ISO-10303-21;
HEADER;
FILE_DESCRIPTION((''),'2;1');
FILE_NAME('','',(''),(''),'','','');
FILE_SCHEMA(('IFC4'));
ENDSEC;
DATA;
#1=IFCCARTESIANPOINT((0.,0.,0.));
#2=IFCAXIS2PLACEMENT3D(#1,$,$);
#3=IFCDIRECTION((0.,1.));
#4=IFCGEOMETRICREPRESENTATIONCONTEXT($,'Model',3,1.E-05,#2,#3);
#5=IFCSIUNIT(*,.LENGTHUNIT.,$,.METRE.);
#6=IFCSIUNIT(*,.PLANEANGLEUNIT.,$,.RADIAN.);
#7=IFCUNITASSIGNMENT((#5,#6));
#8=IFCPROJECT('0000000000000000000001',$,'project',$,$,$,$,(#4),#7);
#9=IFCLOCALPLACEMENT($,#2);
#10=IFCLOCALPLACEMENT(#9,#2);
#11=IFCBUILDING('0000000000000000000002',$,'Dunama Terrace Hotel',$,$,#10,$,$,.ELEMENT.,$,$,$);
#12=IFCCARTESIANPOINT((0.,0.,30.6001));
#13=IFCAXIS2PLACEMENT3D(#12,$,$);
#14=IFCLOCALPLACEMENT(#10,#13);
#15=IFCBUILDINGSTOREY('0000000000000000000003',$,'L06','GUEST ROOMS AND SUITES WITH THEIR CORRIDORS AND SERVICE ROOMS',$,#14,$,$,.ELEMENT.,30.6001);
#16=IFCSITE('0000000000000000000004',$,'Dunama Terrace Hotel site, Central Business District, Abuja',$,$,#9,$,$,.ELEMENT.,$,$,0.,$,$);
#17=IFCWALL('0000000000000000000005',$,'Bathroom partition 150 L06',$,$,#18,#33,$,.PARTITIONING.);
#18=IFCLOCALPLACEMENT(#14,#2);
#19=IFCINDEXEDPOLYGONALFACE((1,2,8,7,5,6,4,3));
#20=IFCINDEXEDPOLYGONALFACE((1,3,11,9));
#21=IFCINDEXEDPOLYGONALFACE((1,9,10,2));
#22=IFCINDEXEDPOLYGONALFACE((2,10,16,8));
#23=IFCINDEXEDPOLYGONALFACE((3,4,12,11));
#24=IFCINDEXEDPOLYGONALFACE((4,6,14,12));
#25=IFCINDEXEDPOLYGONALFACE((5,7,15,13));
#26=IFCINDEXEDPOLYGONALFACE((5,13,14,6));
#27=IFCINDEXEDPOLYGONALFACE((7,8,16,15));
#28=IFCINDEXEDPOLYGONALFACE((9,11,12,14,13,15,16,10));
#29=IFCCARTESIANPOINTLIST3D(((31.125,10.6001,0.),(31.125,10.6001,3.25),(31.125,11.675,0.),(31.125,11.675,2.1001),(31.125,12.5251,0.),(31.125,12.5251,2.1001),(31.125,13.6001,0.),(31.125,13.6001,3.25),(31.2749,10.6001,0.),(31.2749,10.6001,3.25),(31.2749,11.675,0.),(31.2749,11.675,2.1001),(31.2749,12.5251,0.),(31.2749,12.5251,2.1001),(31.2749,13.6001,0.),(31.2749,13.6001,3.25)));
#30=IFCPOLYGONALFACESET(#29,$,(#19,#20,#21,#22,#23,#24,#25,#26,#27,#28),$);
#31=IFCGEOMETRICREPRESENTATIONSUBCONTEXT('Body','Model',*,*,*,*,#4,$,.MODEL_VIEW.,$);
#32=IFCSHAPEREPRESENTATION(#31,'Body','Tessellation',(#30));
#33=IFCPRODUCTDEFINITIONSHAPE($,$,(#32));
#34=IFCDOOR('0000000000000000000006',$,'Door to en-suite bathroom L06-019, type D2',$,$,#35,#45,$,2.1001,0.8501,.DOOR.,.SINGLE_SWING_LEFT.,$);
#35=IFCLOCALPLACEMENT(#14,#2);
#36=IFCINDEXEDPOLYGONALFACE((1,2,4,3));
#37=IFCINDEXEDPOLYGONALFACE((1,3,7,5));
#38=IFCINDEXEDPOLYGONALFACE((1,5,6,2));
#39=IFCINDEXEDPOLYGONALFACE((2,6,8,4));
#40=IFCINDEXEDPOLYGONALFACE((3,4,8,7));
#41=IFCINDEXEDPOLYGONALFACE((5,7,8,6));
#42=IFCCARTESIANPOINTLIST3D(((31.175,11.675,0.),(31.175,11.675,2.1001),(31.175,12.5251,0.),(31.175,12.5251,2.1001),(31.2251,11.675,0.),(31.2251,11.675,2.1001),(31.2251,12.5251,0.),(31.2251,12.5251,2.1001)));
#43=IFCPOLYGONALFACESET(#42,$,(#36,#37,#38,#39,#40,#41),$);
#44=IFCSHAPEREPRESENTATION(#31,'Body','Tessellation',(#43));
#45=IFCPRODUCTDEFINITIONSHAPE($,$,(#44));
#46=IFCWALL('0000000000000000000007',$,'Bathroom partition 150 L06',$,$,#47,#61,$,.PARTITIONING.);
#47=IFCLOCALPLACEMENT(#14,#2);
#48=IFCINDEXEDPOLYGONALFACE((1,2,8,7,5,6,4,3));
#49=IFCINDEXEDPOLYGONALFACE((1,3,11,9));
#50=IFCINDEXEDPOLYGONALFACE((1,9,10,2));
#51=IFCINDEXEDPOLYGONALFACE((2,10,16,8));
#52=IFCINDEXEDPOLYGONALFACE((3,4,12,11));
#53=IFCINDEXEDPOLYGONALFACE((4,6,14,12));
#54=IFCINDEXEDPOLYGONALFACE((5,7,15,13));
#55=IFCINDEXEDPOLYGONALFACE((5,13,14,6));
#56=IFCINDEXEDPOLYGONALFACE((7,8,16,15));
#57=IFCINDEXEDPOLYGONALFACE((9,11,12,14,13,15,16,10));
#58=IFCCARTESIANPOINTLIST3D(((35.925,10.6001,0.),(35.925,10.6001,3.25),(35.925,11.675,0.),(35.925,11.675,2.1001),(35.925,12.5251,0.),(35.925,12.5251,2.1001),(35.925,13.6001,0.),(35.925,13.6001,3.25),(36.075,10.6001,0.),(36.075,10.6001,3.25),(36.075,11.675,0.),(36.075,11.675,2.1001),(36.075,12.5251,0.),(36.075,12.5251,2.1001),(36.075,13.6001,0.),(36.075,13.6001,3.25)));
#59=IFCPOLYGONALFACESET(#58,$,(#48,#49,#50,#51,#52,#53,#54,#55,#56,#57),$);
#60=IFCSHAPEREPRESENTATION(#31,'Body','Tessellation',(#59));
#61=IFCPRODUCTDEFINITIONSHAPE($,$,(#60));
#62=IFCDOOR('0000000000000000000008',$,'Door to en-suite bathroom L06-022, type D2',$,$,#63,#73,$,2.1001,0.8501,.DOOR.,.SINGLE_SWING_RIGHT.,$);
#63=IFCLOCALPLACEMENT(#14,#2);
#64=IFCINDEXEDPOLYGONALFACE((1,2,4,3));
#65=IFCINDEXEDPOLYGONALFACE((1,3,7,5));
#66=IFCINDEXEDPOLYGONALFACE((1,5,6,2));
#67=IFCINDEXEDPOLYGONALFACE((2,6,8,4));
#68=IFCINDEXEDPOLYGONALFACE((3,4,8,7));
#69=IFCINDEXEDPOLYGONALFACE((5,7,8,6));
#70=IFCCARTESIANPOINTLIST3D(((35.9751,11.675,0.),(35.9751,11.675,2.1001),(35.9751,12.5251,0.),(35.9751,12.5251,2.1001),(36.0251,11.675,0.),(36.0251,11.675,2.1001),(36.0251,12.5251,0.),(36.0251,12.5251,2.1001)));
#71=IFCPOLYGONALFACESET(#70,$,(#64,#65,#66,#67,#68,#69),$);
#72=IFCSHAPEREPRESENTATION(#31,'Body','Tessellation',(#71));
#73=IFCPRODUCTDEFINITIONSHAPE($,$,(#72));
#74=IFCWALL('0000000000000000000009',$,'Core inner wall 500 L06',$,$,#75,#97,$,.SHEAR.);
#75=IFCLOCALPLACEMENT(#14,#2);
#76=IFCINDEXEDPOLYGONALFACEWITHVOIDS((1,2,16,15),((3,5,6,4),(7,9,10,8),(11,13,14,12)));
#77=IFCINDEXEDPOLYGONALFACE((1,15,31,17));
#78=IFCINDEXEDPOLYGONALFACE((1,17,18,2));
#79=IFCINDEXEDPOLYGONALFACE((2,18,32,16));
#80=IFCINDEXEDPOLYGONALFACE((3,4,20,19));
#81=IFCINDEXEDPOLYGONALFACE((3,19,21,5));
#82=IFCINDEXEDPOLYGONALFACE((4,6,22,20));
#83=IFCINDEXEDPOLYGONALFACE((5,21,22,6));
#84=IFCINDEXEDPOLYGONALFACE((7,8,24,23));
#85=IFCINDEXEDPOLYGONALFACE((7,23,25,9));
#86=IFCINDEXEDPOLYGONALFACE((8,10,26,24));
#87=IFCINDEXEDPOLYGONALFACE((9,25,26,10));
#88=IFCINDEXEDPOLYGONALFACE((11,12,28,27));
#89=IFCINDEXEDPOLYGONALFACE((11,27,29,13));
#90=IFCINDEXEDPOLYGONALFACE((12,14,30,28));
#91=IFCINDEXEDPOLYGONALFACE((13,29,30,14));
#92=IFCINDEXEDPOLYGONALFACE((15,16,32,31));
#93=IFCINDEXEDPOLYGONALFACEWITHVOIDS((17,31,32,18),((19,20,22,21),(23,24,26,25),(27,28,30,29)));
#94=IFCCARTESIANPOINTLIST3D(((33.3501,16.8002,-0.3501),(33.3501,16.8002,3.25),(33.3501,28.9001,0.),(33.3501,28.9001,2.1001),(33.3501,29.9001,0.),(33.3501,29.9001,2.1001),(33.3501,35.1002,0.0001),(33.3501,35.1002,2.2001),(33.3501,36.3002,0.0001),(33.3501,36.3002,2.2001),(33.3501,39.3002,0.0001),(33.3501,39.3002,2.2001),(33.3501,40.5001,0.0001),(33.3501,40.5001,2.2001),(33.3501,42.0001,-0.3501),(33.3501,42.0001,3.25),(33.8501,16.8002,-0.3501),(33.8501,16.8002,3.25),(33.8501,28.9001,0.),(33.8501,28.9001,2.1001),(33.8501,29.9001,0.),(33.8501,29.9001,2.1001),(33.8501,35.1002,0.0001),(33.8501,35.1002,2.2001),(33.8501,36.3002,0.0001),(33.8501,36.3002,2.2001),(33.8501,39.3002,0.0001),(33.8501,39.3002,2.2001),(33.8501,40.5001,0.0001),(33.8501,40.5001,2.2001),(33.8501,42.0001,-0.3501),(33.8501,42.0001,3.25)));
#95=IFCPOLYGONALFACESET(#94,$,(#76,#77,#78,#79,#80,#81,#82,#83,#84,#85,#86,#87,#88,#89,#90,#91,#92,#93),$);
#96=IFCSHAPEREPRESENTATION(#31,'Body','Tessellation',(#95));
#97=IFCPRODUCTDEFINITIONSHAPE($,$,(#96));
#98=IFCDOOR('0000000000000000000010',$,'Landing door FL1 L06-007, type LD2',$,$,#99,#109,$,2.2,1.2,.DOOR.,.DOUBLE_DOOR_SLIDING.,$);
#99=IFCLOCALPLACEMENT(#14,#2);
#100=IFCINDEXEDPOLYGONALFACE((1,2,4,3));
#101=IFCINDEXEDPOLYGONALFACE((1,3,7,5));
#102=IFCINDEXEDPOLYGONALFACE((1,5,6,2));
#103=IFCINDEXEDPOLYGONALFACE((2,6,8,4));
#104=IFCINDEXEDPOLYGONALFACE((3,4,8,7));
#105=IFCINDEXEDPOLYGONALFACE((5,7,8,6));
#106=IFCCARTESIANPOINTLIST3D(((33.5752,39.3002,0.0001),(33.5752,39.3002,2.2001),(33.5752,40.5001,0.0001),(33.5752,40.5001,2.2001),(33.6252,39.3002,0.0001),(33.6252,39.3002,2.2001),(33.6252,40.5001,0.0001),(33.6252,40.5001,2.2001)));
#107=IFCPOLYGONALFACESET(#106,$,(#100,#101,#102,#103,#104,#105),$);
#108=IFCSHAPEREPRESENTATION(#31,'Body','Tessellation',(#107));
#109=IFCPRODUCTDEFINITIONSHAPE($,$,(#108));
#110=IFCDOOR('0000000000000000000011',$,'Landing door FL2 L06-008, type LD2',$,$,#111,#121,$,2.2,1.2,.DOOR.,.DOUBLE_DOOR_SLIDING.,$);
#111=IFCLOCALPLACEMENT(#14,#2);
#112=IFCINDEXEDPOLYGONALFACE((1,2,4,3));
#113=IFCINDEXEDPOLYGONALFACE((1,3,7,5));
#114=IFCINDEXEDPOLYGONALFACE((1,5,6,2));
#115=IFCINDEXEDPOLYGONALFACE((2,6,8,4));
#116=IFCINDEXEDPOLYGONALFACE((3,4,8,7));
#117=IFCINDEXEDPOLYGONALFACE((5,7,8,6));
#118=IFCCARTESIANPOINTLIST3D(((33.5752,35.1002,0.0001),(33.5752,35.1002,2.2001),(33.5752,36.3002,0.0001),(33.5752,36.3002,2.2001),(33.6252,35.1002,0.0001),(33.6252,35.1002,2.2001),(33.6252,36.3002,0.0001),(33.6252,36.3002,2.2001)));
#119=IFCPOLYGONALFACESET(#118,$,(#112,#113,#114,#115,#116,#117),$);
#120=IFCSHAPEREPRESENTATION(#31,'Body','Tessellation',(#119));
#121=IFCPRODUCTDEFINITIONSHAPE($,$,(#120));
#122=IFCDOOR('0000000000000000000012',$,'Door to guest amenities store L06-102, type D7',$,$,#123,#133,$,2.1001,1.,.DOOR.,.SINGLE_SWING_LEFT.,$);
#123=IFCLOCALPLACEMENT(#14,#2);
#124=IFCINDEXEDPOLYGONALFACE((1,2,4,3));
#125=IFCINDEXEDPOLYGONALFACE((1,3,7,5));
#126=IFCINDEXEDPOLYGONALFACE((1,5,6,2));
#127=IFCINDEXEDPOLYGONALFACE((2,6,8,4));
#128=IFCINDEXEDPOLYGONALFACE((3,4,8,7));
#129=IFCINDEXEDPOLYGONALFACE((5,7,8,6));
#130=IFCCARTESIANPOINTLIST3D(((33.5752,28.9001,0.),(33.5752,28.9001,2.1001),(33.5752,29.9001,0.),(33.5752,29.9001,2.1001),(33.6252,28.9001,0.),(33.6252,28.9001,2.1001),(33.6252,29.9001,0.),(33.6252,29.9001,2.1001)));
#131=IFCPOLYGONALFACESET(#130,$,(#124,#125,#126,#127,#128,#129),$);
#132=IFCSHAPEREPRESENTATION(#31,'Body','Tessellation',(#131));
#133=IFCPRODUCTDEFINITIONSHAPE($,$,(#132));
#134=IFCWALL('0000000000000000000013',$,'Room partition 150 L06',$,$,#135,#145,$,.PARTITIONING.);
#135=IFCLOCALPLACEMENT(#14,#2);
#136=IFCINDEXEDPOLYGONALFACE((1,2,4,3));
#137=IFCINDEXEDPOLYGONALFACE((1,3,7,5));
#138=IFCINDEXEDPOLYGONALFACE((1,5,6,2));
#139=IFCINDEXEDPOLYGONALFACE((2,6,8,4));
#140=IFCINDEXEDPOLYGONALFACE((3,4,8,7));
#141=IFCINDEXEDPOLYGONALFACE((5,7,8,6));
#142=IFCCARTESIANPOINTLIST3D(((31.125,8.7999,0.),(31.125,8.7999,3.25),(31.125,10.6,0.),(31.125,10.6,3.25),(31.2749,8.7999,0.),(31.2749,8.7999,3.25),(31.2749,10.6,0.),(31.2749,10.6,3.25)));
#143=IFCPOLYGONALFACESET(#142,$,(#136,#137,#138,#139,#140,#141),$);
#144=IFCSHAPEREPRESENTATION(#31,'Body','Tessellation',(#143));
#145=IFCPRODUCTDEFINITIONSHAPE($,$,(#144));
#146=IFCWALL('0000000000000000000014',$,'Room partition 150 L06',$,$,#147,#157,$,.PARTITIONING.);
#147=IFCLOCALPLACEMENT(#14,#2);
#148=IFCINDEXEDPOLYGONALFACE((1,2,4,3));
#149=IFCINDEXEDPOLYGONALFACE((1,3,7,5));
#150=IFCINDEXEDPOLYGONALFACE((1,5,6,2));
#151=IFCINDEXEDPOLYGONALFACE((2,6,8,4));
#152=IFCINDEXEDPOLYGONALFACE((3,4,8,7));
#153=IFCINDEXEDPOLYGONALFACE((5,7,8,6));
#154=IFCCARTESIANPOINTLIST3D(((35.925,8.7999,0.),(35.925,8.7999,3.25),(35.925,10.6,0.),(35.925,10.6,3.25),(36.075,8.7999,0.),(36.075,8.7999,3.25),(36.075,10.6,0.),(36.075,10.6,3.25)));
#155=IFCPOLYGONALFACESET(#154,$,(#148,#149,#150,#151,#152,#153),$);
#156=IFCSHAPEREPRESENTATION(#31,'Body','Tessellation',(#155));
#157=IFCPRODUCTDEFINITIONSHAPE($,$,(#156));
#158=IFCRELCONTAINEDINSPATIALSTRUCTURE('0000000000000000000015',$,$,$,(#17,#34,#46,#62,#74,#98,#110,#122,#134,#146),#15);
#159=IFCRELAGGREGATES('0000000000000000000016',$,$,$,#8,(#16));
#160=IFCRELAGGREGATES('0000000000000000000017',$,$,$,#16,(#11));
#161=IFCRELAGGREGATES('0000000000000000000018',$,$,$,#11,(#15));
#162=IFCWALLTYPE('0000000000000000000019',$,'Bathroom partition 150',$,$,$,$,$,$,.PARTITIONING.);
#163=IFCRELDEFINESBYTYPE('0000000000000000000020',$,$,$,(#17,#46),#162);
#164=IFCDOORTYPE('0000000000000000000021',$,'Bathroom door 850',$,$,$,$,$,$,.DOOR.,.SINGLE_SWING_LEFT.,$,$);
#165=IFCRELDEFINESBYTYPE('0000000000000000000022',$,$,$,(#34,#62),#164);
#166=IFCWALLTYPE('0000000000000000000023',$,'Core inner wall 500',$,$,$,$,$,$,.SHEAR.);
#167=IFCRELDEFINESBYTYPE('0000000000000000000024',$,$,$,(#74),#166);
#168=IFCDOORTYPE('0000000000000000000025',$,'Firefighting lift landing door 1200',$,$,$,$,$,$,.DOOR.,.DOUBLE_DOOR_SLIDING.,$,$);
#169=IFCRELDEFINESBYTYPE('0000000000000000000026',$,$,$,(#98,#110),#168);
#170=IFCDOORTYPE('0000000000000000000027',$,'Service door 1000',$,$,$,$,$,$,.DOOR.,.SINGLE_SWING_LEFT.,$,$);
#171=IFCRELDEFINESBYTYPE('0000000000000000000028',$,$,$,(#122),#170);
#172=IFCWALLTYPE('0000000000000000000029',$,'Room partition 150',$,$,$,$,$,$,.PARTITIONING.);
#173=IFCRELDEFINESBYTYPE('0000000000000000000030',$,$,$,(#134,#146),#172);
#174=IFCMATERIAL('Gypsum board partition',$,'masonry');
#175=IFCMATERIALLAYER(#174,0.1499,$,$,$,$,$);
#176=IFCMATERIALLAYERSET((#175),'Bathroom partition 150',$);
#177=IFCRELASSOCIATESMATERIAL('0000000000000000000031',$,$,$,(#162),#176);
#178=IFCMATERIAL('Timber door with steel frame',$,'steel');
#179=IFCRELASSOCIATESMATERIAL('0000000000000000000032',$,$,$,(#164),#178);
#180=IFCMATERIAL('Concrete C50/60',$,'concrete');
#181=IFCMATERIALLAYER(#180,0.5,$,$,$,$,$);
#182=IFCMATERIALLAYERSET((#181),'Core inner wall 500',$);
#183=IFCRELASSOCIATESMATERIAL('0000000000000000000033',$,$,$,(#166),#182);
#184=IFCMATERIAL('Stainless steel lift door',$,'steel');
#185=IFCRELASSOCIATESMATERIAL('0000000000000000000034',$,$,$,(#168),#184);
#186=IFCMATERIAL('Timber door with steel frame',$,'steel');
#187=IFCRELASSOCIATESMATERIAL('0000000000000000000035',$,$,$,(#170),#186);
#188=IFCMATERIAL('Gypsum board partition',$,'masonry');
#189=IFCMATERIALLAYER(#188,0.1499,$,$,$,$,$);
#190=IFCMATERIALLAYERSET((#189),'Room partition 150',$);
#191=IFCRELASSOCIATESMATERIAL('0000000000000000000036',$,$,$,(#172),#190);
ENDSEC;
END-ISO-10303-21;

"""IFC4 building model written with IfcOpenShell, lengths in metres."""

from ifc_helpers import new_model, si_unit, direction, frame, frame_2d, origin, place, context, subcontext, project, spatial, rectangle, extrude, material, layer, layer_set, type_object, element, fill, save


model = new_model("IFC4")

# Units and contexts
model_context = context("Model", 3, precision=1e-05, world=origin(), true_north=direction((0.0, 1.0)))
body_context = subcontext(model_context, "Body", "Model", "MODEL_VIEW")
ifc_project = project(units=[si_unit("LENGTHUNIT", "METRE"), si_unit("PLANEANGLEUNIT", "RADIAN")], contexts=[model_context])

# Site, building, storey
site_placement = place(None, origin())
site = spatial("IfcSite", under=ifc_project, at=site_placement, Name="Dunama Terrace Hotel site, Central Business District, Abuja", CompositionType="ELEMENT", RefElevation=0.0)
building_placement = place(site_placement, origin())
building = spatial("IfcBuilding", under=site, at=building_placement, Name="Dunama Terrace Hotel", CompositionType="ELEMENT")
storey_placement = place(building_placement, frame((0.0, 0.0, 30.6001)))
storey = spatial("IfcBuildingStorey", under=building, at=storey_placement, Name="L06", Description="GUEST ROOMS AND SUITES WITH THEIR CORRIDORS AND SERVICE ROOMS", CompositionType="ELEMENT", Elevation=30.6001)

# Walls, openings, doors
ifc_material_1 = material(Name="Gypsum board partition", Category="masonry")
ifc_layer_1 = layer(ifc_material_1, 0.1499)
ifc_layer_set_1 = layer_set([ifc_layer_1], Name="Bathroom partition 150")
wall_type_1 = type_object("IfcWallType", Name="Bathroom partition 150", PredefinedType="PARTITIONING", material=ifc_layer_set_1)
wall_1_placement = place(storey_placement, frame((31.2, 10.6001, 0.0), z_axis=(0.0, 0.0, 1.0), x_axis=(0.0, 1.0, 0.0)))
wall_1 = element("IfcWall", 1, at=wall_1_placement, inside=storey, type_object=wall_type_1, Name="Bathroom partition 150 L06", PredefinedType="PARTITIONING", context=body_context, shape_type="SweptSolid", body=[
    extrude(rectangle(XDim=3.0, YDim=0.1499, at=frame_2d((1.5, 0.0))), origin(), (0.0, 0.0, 1.0), 3.25),
])
opening_1_placement = place(wall_1_placement, frame((1.075, 0.0, 0.0)))
opening_1 = element("IfcOpeningElement", 2, at=opening_1_placement, cuts=wall_1, PredefinedType="OPENING", context=body_context, shape_type="SweptSolid", body=[
    extrude(rectangle(XDim=0.8501, YDim=2.1001, at=frame_2d((0.425, 1.05))), frame((0.0, 0.085, 0.0), z_axis=(0.0, -1.0, 0.0), x_axis=(1.0, 0.0, 0.0)), (0.0, 0.0, 1.0), 0.1699),
])
ifc_material_2 = material(Name="Timber door with steel frame", Category="steel")
door_type_1 = type_object("IfcDoorType", Name="Bathroom door 850", OperationType="SINGLE_SWING_LEFT", PredefinedType="DOOR", material=ifc_material_2)
door_1_placement = place(opening_1_placement, frame((0.8501, 0.0, 0.0), z_axis=(0.0, 0.0, 1.0), x_axis=(-1.0, 0.0, 0.0)))
door_1 = element("IfcDoor", 3, at=door_1_placement, inside=storey, type_object=door_type_1, Name="Door to en-suite bathroom L06-019, type D2", OperationType="SINGLE_SWING_LEFT", OverallHeight=2.1001, OverallWidth=0.8501, PredefinedType="DOOR", context=body_context, shape_type="SweptSolid", body=[
    extrude(rectangle(XDim=0.8501, YDim=2.1001, at=frame_2d((0.425, 1.05))), frame((0.0, 0.0251, 0.0), z_axis=(0.0, -1.0, 0.0), x_axis=(1.0, 0.0, 0.0)), (0.0, 0.0, 1.0), 0.05),
])
fill(opening_1, door_1)
wall_2_placement = place(storey_placement, frame((36.0, 10.6001, 0.0), z_axis=(0.0, 0.0, 1.0), x_axis=(0.0, 1.0, 0.0)))
wall_2 = element("IfcWall", 4, at=wall_2_placement, inside=storey, type_object=wall_type_1, Name="Bathroom partition 150 L06", PredefinedType="PARTITIONING", context=body_context, shape_type="SweptSolid", body=[
    extrude(rectangle(XDim=3.0, YDim=0.1499, at=frame_2d((1.5, 0.0))), origin(), (0.0, 0.0, 1.0), 3.25),
])
opening_2_placement = place(wall_2_placement, frame((1.075, 0.0, 0.0)))
opening_2 = element("IfcOpeningElement", 5, at=opening_2_placement, cuts=wall_2, PredefinedType="OPENING", context=body_context, shape_type="SweptSolid", body=[
    extrude(rectangle(XDim=0.8501, YDim=2.1001, at=frame_2d((0.425, 1.05))), frame((0.0, 0.085, 0.0), z_axis=(0.0, -1.0, 0.0), x_axis=(1.0, 0.0, 0.0)), (0.0, 0.0, 1.0), 0.1699),
])
door_2_placement = place(opening_2_placement, origin())
door_2 = element("IfcDoor", 6, at=door_2_placement, inside=storey, type_object=door_type_1, Name="Door to en-suite bathroom L06-022, type D2", OperationType="SINGLE_SWING_RIGHT", OverallHeight=2.1001, OverallWidth=0.8501, PredefinedType="DOOR", context=body_context, shape_type="SweptSolid", body=[
    extrude(rectangle(XDim=0.8501, YDim=2.1001, at=frame_2d((0.425, 1.05))), frame((0.0, 0.0249, 0.0), z_axis=(0.0, -1.0, 0.0), x_axis=(1.0, 0.0, 0.0)), (0.0, 0.0, 1.0), 0.05),
])
fill(opening_2, door_2)

# Wall, openings, doors
ifc_material_3 = material(Name="Concrete C50/60", Category="concrete")
ifc_layer_2 = layer(ifc_material_3, 0.5)
ifc_layer_set_2 = layer_set([ifc_layer_2], Name="Core inner wall 500")
wall_type_2 = type_object("IfcWallType", Name="Core inner wall 500", PredefinedType="SHEAR", material=ifc_layer_set_2)
wall_3_placement = place(storey_placement, frame((33.6001, 16.8, -0.3501), z_axis=(0.0, 0.0, 1.0), x_axis=(0.0, 1.0, 0.0)))
wall_3 = element("IfcWall", 7, at=wall_3_placement, inside=storey, type_object=wall_type_2, Name="Core inner wall 500 L06", PredefinedType="SHEAR", context=body_context, shape_type="SweptSolid", body=[
    extrude(rectangle(XDim=25.2, YDim=0.5, at=frame_2d((12.6001, 0.0))), origin(), (0.0, 0.0, 1.0), 3.6001),
])
opening_3_placement = place(wall_3_placement, frame((22.5, 0.0, 0.3501)))
opening_3 = element("IfcOpeningElement", 8, at=opening_3_placement, cuts=wall_3, PredefinedType="OPENING", context=body_context, shape_type="SweptSolid", body=[
    extrude(rectangle(XDim=1.2, YDim=2.2, at=frame_2d((0.6001, 1.1001))), frame((0.0, 0.26, 0.0), z_axis=(0.0, -1.0, 0.0), x_axis=(1.0, 0.0, 0.0)), (0.0, 0.0, 1.0), 0.52),
])
opening_4_placement = place(wall_3_placement, frame((18.3, 0.0, 0.3501)))
opening_4 = element("IfcOpeningElement", 9, at=opening_4_placement, cuts=wall_3, PredefinedType="OPENING", context=body_context, shape_type="SweptSolid", body=[
    extrude(rectangle(XDim=1.2, YDim=2.2, at=frame_2d((0.6001, 1.1001))), frame((0.0, 0.26, 0.0), z_axis=(0.0, -1.0, 0.0), x_axis=(1.0, 0.0, 0.0)), (0.0, 0.0, 1.0), 0.52),
])
opening_5_placement = place(wall_3_placement, frame((12.1001, 0.0, 0.3501)))
opening_5 = element("IfcOpeningElement", 10, at=opening_5_placement, cuts=wall_3, PredefinedType="OPENING", context=body_context, shape_type="SweptSolid", body=[
    extrude(rectangle(XDim=1.0, YDim=2.1001, at=frame_2d((0.5, 1.05))), frame((0.0, 0.26, 0.0), z_axis=(0.0, -1.0, 0.0), x_axis=(1.0, 0.0, 0.0)), (0.0, 0.0, 1.0), 0.52),
])
ifc_material_4 = material(Name="Stainless steel lift door", Category="steel")
door_type_2 = type_object("IfcDoorType", Name="Firefighting lift landing door 1200", OperationType="DOUBLE_DOOR_SLIDING", PredefinedType="DOOR", material=ifc_material_4)
door_3_placement = place(opening_3_placement, origin())
door_3 = element("IfcDoor", 11, at=door_3_placement, inside=storey, type_object=door_type_2, Name="Landing door FL1 L06-007, type LD2", OperationType="DOUBLE_DOOR_SLIDING", OverallHeight=2.2, OverallWidth=1.2, PredefinedType="DOOR", context=body_context, shape_type="SweptSolid", body=[
    extrude(rectangle(XDim=1.2, YDim=2.2, at=frame_2d((0.6001, 1.1001))), frame((0.0, 0.0249, 0.0), z_axis=(0.0, -1.0, 0.0), x_axis=(1.0, 0.0, 0.0)), (0.0, 0.0, 1.0), 0.05),
])
fill(opening_3, door_3)
door_4_placement = place(opening_4_placement, origin())
door_4 = element("IfcDoor", 12, at=door_4_placement, inside=storey, type_object=door_type_2, Name="Landing door FL2 L06-008, type LD2", OperationType="DOUBLE_DOOR_SLIDING", OverallHeight=2.2, OverallWidth=1.2, PredefinedType="DOOR", context=body_context, shape_type="SweptSolid", body=[
    extrude(rectangle(XDim=1.2, YDim=2.2, at=frame_2d((0.6001, 1.1001))), frame((0.0, 0.0249, 0.0), z_axis=(0.0, -1.0, 0.0), x_axis=(1.0, 0.0, 0.0)), (0.0, 0.0, 1.0), 0.05),
])
fill(opening_4, door_4)
ifc_material_5 = material(Name="Timber door with steel frame", Category="steel")
door_type_3 = type_object("IfcDoorType", Name="Service door 1000", OperationType="SINGLE_SWING_LEFT", PredefinedType="DOOR", material=ifc_material_5)
door_5_placement = place(opening_5_placement, origin())
door_5 = element("IfcDoor", 13, at=door_5_placement, inside=storey, type_object=door_type_3, Name="Door to guest amenities store L06-102, type D7", OperationType="SINGLE_SWING_LEFT", OverallHeight=2.1001, OverallWidth=1.0, PredefinedType="DOOR", context=body_context, shape_type="SweptSolid", body=[
    extrude(rectangle(XDim=1.0, YDim=2.1001, at=frame_2d((0.5, 1.05))), frame((0.0, 0.0249, 0.0), z_axis=(0.0, -1.0, 0.0), x_axis=(1.0, 0.0, 0.0)), (0.0, 0.0, 1.0), 0.05),
])
fill(opening_5, door_5)

# Walls
ifc_material_6 = material(Name="Gypsum board partition", Category="masonry")
ifc_layer_3 = layer(ifc_material_6, 0.1499)
ifc_layer_set_3 = layer_set([ifc_layer_3], Name="Room partition 150")
wall_type_3 = type_object("IfcWallType", Name="Room partition 150", PredefinedType="PARTITIONING", material=ifc_layer_set_3)
for number, where, z_axis, x_axis, name in (
    (14, (31.2, 8.8, 0.0), (0.0, 0.0, 1.0), (0.0, 1.0, 0.0), "Room partition 150 L06"),
    (15, (36.0, 8.8, 0.0), (0.0, 0.0, 1.0), (0.0, 1.0, 0.0), "Room partition 150 L06"),
):
    element("IfcWall", number, at=place(storey_placement, frame(where, z_axis=z_axis, x_axis=x_axis)), inside=storey, type_object=wall_type_3, Name=name, PredefinedType="PARTITIONING", context=body_context, shape_type="SweptSolid", body=[
        extrude(rectangle(XDim=1.8, YDim=0.1499, at=frame_2d((0.8999, 0.0))), origin(), (0.0, 0.0, 1.0), 3.25),
    ])

save(model, "model.ifc")
